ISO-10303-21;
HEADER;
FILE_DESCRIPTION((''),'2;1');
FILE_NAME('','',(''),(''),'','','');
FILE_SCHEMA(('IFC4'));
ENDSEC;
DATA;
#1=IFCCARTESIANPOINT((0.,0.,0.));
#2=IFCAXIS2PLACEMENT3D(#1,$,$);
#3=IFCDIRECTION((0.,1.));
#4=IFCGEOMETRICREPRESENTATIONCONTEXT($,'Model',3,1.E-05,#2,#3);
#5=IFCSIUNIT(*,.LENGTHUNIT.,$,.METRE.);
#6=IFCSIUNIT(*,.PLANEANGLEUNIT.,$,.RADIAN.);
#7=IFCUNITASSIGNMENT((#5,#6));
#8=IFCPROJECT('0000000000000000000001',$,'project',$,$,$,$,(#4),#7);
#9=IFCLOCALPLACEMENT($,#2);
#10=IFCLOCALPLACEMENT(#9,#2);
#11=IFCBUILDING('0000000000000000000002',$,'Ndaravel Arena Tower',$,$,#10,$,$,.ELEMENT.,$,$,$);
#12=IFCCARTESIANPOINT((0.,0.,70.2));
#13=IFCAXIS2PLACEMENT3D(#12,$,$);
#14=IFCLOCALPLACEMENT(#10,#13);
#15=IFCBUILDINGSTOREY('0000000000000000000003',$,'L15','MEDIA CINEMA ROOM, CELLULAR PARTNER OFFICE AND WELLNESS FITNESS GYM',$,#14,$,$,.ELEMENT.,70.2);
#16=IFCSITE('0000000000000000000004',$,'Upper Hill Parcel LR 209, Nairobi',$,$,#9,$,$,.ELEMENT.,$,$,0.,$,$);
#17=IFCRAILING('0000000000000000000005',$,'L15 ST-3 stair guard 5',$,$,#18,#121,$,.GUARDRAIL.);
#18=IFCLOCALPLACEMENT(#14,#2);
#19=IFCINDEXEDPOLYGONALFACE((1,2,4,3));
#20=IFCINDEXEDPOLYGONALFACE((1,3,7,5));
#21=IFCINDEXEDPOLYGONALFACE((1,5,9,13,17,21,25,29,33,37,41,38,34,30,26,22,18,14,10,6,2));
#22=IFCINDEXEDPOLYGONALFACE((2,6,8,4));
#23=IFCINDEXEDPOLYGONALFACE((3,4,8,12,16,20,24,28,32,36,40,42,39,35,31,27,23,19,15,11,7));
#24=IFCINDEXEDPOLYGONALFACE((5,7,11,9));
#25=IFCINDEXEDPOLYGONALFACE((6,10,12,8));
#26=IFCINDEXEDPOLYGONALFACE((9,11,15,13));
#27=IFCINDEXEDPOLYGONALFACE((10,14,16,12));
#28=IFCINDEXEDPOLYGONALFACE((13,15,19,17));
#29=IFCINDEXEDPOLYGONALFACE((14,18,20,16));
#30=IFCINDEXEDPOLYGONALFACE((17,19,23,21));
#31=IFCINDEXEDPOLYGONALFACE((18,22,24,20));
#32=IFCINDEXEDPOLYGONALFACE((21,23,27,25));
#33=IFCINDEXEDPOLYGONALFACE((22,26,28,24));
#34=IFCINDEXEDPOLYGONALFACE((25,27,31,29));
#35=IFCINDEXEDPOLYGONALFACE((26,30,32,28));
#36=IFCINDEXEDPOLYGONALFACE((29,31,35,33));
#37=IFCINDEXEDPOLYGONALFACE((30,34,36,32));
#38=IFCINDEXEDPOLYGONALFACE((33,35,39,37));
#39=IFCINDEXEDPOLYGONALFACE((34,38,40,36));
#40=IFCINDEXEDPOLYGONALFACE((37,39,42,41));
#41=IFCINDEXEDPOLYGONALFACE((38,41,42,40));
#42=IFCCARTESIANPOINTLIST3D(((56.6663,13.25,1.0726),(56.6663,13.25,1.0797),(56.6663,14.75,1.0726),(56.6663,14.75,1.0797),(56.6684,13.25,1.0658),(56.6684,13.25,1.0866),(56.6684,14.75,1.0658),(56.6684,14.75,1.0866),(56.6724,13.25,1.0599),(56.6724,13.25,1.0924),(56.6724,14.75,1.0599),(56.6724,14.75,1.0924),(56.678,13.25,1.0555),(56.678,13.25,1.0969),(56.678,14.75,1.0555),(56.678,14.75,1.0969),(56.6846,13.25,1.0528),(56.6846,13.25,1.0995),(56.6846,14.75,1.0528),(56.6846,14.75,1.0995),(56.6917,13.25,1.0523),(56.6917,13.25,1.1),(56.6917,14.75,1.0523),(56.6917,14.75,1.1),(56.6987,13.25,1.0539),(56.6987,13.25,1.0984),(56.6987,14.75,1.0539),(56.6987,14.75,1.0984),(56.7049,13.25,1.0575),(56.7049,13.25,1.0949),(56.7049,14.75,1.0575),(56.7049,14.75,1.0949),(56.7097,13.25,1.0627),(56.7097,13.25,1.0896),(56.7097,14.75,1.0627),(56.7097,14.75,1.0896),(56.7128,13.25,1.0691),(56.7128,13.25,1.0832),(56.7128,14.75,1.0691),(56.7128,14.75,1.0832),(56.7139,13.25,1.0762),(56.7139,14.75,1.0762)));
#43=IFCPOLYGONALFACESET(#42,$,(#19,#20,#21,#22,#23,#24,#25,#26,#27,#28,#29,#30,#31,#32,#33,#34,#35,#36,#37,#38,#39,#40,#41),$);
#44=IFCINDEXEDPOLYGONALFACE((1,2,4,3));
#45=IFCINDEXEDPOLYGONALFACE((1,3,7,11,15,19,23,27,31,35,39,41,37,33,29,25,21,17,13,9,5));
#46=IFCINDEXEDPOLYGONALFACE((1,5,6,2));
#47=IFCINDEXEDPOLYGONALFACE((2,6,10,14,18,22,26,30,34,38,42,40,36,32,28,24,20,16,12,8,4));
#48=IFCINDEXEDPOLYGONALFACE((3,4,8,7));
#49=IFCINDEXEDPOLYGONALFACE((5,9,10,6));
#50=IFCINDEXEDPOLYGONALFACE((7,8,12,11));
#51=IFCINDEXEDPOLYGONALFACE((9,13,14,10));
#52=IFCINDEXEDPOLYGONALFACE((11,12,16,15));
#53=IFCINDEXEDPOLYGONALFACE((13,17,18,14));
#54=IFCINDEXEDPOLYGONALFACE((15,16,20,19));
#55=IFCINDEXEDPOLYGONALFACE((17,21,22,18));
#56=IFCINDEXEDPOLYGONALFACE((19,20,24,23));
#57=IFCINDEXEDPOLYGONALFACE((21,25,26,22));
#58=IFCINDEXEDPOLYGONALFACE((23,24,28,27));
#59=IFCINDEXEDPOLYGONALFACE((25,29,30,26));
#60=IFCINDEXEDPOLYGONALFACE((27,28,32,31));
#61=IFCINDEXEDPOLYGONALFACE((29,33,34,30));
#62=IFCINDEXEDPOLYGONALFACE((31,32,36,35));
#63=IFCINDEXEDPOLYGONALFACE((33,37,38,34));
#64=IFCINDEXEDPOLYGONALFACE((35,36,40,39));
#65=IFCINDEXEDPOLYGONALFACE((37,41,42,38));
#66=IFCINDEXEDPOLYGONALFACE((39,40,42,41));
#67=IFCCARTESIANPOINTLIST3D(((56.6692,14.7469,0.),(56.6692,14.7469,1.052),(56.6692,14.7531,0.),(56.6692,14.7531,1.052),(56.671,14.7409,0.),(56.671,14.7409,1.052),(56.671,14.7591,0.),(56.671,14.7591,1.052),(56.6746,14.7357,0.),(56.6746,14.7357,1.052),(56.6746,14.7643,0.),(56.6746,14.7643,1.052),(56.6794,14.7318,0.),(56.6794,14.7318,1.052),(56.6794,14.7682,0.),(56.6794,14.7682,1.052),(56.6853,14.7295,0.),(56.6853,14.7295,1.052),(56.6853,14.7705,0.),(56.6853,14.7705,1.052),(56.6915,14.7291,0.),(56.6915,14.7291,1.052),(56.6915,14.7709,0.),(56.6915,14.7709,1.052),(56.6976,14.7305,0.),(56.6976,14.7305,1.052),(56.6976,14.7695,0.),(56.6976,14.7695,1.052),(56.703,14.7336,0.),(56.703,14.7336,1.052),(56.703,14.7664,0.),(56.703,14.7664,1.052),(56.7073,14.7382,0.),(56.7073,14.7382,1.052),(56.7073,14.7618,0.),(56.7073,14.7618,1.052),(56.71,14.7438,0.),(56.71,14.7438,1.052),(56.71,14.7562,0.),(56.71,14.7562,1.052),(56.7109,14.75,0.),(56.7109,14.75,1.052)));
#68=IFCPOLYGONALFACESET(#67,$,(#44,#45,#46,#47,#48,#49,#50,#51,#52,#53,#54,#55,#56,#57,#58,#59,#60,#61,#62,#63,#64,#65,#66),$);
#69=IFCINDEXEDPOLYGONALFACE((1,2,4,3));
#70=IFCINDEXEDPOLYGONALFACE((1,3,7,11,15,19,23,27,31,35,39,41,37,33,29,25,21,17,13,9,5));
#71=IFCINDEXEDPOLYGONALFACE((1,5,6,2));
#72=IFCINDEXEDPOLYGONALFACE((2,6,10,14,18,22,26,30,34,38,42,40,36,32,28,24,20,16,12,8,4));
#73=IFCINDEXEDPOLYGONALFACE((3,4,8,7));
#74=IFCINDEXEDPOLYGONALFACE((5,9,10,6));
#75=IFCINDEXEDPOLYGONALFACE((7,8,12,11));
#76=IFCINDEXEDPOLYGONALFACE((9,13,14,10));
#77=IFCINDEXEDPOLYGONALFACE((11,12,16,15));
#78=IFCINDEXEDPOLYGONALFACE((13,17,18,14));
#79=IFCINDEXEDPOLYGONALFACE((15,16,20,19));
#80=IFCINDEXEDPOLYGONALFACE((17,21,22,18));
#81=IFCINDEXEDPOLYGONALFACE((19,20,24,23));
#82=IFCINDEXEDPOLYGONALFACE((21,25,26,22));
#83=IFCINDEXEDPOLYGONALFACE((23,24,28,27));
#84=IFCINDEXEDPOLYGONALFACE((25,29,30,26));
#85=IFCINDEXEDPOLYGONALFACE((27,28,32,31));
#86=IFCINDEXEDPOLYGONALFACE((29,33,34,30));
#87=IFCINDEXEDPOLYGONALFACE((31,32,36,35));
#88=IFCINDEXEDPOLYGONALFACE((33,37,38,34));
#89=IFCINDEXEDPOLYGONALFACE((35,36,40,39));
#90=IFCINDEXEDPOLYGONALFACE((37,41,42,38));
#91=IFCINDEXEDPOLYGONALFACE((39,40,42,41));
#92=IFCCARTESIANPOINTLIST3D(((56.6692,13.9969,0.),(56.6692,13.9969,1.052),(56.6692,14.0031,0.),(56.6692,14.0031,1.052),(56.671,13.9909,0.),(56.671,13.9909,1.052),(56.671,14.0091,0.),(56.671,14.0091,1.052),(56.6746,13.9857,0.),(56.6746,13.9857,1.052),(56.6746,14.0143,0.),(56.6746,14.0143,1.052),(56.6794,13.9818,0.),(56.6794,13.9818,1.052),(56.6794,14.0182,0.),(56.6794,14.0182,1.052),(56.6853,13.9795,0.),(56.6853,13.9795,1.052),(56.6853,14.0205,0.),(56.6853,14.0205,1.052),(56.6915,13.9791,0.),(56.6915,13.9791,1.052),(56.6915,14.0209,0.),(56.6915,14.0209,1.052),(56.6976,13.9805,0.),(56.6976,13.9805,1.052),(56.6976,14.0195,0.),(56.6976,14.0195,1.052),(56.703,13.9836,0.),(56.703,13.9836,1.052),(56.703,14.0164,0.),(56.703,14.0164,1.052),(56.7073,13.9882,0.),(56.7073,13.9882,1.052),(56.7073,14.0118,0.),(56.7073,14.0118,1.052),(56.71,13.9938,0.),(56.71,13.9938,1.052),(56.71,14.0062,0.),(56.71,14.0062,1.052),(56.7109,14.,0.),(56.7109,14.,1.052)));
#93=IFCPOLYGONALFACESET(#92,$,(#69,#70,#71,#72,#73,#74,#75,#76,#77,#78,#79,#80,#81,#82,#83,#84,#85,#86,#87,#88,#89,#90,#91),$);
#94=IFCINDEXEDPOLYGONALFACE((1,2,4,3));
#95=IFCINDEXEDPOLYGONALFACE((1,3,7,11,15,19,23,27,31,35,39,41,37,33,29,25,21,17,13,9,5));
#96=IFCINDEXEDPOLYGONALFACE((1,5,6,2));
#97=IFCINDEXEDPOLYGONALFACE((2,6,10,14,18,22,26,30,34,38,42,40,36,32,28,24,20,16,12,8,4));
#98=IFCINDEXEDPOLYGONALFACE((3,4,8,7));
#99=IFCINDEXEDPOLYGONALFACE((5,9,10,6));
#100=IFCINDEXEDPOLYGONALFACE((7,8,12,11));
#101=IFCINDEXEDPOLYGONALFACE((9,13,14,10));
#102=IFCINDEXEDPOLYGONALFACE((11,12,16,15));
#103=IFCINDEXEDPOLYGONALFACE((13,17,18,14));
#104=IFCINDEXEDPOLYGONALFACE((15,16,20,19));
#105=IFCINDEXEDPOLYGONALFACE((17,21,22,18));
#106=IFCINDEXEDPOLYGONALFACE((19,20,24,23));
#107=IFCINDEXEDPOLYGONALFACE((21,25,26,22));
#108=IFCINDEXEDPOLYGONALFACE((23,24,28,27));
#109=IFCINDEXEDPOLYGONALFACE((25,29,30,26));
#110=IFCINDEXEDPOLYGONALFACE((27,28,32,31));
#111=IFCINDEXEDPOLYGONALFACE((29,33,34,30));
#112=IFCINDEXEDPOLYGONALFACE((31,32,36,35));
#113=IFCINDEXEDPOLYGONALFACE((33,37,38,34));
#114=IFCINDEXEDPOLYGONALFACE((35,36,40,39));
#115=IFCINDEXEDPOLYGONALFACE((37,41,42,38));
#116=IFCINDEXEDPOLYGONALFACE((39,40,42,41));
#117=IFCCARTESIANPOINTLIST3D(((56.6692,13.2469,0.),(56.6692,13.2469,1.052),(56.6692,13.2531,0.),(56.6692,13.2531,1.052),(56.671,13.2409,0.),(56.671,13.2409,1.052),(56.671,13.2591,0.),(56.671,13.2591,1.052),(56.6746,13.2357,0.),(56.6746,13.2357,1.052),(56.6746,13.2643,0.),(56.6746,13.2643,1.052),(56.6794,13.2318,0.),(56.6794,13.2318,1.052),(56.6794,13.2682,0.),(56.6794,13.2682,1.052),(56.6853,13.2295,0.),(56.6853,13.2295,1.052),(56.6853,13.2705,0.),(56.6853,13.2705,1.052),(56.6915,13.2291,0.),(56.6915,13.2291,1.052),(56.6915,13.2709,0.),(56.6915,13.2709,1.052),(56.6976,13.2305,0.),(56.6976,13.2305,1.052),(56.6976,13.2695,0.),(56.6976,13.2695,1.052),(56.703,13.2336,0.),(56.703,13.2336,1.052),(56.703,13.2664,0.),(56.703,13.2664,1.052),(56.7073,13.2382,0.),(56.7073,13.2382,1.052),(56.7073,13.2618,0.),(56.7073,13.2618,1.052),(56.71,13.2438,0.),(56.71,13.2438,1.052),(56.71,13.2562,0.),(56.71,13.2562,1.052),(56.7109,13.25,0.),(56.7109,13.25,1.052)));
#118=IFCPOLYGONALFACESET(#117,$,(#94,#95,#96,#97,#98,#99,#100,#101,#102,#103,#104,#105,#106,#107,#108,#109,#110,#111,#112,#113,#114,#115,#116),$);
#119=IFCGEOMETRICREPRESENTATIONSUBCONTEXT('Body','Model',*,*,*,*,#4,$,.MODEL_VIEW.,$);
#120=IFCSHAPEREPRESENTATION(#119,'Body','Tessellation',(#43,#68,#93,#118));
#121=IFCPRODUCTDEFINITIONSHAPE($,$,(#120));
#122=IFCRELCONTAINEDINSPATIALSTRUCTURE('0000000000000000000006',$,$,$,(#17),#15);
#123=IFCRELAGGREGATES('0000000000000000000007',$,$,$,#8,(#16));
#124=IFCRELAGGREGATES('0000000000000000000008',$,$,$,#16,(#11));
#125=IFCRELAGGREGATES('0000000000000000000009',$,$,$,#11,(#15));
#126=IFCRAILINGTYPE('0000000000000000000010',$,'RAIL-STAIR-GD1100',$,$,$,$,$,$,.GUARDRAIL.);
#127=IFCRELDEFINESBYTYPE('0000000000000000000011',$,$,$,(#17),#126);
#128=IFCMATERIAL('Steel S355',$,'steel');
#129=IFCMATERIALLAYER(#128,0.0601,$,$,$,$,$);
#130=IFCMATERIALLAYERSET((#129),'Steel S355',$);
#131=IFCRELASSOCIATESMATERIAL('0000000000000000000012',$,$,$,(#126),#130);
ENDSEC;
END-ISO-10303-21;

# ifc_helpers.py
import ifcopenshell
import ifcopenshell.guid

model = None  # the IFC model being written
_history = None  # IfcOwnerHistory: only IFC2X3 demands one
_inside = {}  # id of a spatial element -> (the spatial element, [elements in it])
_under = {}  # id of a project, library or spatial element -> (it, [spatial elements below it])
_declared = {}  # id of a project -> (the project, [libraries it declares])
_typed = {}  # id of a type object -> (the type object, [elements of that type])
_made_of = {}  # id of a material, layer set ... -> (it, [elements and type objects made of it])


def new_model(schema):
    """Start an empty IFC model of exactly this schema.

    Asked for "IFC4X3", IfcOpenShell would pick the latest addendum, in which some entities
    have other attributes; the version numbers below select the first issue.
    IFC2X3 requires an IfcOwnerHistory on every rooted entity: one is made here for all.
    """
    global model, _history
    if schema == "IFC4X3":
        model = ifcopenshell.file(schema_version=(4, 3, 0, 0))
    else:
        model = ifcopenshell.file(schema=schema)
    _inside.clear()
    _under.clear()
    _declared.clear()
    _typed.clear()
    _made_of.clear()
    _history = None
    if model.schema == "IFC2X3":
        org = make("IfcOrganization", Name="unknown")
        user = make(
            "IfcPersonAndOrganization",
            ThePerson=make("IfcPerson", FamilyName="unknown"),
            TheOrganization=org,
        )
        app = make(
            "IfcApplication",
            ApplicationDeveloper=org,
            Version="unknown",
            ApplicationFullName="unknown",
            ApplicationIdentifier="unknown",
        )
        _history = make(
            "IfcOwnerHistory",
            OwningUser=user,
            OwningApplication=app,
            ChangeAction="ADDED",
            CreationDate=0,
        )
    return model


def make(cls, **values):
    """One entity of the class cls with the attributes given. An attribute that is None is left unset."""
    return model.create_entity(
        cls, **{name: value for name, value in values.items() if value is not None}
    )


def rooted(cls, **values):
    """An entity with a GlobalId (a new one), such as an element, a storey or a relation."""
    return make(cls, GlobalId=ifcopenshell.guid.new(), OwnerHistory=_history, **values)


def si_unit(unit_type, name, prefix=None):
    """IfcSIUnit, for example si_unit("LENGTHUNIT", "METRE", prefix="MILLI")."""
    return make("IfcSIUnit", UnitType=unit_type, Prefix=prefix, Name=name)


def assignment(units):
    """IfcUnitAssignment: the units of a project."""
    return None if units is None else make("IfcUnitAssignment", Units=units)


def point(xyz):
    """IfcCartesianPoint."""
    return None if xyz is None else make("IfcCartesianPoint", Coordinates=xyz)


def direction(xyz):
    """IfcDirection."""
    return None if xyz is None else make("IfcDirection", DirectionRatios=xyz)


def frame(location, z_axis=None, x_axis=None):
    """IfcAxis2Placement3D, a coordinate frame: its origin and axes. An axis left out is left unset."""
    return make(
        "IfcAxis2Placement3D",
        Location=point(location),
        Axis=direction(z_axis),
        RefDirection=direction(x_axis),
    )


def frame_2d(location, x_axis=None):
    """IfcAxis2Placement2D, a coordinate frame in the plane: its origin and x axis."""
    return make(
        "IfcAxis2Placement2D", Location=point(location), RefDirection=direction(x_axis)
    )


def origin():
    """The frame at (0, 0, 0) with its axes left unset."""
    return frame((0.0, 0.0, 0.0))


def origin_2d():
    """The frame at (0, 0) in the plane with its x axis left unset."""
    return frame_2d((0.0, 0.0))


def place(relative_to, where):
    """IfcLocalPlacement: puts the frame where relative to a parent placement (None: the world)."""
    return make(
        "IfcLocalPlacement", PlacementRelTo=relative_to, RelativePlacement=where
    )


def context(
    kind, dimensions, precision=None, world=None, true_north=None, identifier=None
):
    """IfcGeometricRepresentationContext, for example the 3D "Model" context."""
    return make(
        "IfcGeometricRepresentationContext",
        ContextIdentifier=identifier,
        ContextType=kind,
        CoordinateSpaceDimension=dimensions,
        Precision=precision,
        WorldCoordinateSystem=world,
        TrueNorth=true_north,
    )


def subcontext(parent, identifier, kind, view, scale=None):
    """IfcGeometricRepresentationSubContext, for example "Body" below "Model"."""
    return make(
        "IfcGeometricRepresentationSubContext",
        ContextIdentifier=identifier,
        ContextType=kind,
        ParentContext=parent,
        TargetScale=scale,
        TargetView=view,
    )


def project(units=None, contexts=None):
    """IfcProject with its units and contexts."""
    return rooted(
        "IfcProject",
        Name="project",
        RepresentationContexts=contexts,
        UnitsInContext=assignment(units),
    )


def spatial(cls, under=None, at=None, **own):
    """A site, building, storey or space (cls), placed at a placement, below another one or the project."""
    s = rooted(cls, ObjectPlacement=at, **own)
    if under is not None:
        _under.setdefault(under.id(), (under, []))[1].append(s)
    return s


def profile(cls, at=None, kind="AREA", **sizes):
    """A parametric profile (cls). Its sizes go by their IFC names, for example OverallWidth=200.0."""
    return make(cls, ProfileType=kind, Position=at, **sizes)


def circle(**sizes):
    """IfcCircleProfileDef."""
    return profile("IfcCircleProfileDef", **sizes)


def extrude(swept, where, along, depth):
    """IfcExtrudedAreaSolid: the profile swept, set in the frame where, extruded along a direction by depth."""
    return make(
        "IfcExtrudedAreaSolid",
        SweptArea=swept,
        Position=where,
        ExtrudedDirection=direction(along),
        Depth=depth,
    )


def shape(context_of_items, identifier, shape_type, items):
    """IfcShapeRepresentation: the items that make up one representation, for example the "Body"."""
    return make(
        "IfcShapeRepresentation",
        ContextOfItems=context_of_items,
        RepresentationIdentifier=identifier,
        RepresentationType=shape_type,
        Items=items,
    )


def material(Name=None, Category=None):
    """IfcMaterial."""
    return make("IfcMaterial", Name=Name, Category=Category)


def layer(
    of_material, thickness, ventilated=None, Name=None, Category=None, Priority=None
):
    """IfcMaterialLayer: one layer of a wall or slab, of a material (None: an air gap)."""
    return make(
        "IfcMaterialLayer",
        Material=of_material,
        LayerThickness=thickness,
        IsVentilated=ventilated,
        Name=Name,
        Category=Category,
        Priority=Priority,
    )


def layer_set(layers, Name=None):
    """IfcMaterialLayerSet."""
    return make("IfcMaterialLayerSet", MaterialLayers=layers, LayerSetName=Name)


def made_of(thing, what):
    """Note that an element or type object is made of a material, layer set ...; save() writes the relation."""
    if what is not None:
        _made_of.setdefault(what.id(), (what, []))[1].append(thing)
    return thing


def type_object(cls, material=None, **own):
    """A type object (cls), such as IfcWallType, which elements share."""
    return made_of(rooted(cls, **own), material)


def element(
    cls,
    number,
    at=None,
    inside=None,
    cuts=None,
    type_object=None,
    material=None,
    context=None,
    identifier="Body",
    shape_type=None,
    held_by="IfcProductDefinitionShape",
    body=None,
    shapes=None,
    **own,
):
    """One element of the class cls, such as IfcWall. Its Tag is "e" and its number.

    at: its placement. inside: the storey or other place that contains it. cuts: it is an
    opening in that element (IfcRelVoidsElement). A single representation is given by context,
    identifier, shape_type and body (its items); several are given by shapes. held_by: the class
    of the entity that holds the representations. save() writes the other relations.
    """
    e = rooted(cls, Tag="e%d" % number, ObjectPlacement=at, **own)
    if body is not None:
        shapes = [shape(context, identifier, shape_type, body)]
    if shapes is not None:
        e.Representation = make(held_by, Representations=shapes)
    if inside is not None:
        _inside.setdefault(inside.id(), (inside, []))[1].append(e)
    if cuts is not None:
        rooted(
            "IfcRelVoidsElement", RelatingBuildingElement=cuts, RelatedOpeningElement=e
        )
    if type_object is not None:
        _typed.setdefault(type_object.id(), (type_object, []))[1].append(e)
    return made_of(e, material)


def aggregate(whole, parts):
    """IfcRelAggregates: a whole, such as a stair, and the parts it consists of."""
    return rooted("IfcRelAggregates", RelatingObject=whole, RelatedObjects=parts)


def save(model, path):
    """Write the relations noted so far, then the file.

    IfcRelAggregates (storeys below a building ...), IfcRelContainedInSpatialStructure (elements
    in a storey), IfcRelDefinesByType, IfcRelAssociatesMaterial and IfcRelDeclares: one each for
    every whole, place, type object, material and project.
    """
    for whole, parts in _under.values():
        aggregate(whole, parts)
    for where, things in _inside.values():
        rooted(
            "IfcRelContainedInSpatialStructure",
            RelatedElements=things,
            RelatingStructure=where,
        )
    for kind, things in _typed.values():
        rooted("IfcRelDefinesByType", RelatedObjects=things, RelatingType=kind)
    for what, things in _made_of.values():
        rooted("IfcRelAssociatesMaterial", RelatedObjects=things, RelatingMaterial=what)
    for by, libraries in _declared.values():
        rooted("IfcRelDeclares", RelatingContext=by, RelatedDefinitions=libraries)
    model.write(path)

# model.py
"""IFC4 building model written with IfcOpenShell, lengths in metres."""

from ifc_helpers import new_model, si_unit, direction, frame, origin, origin_2d, place, context, subcontext, project, spatial, circle, extrude, material, layer, layer_set, type_object, element, save


model = new_model("IFC4")

# Units and contexts
model_context = context("Model", 3, precision=1e-05, world=origin(), true_north=direction((0.0, 1.0)))
body_context = subcontext(model_context, "Body", "Model", "MODEL_VIEW")
ifc_project = project(units=[si_unit("LENGTHUNIT", "METRE"), si_unit("PLANEANGLEUNIT", "RADIAN")], contexts=[model_context])

# Site, building, storey
site_placement = place(None, origin())
site = spatial("IfcSite", under=ifc_project, at=site_placement, Name="Upper Hill Parcel LR 209, Nairobi", CompositionType="ELEMENT", RefElevation=0.0)
building_placement = place(site_placement, origin())
building = spatial("IfcBuilding", under=site, at=building_placement, Name="Ndaravel Arena Tower", CompositionType="ELEMENT")
storey_placement = place(building_placement, frame((0.0, 0.0, 70.2)))
storey = spatial("IfcBuildingStorey", under=building, at=storey_placement, Name="L15", Description="MEDIA CINEMA ROOM, CELLULAR PARTNER OFFICE AND WELLNESS FITNESS GYM", CompositionType="ELEMENT", Elevation=70.2)

# Railing
ifc_material_1 = material(Name="Steel S355", Category="steel")
ifc_layer_1 = layer(ifc_material_1, 0.0601)
ifc_layer_set_1 = layer_set([ifc_layer_1], Name="Steel S355")
railing_type = type_object("IfcRailingType", Name="RAIL-STAIR-GD1100", PredefinedType="GUARDRAIL", material=ifc_layer_set_1)
for number, where, name in (
    (1, (56.6899, 14.75, 0.0), "L15 ST-3 stair guard 5"),
):
    element("IfcRailing", number, at=place(storey_placement, frame(where)), inside=storey, type_object=railing_type, Name=name, PredefinedType="GUARDRAIL", context=body_context, shape_type="SweptSolid", body=[
        extrude(circle(Radius=0.0239, at=origin_2d()), frame((0.0, 0.0, 1.0762), z_axis=(0.0, -1.0, 0.0), x_axis=(1.0, 0.0, 0.0)), (0.0, 0.0, 1.0), 1.5),
        extrude(circle(Radius=0.021, at=origin_2d()), origin(), (0.0, 0.0, 1.0), 1.052),
        extrude(circle(Radius=0.021, at=origin_2d()), frame((0.0, -0.75, 0.0)), (0.0, 0.0, 1.0), 1.052),
        extrude(circle(Radius=0.021, at=origin_2d()), frame((0.0, -1.5, 0.0)), (0.0, 0.0, 1.0), 1.052),
    ])

save(model, "model.ifc")
